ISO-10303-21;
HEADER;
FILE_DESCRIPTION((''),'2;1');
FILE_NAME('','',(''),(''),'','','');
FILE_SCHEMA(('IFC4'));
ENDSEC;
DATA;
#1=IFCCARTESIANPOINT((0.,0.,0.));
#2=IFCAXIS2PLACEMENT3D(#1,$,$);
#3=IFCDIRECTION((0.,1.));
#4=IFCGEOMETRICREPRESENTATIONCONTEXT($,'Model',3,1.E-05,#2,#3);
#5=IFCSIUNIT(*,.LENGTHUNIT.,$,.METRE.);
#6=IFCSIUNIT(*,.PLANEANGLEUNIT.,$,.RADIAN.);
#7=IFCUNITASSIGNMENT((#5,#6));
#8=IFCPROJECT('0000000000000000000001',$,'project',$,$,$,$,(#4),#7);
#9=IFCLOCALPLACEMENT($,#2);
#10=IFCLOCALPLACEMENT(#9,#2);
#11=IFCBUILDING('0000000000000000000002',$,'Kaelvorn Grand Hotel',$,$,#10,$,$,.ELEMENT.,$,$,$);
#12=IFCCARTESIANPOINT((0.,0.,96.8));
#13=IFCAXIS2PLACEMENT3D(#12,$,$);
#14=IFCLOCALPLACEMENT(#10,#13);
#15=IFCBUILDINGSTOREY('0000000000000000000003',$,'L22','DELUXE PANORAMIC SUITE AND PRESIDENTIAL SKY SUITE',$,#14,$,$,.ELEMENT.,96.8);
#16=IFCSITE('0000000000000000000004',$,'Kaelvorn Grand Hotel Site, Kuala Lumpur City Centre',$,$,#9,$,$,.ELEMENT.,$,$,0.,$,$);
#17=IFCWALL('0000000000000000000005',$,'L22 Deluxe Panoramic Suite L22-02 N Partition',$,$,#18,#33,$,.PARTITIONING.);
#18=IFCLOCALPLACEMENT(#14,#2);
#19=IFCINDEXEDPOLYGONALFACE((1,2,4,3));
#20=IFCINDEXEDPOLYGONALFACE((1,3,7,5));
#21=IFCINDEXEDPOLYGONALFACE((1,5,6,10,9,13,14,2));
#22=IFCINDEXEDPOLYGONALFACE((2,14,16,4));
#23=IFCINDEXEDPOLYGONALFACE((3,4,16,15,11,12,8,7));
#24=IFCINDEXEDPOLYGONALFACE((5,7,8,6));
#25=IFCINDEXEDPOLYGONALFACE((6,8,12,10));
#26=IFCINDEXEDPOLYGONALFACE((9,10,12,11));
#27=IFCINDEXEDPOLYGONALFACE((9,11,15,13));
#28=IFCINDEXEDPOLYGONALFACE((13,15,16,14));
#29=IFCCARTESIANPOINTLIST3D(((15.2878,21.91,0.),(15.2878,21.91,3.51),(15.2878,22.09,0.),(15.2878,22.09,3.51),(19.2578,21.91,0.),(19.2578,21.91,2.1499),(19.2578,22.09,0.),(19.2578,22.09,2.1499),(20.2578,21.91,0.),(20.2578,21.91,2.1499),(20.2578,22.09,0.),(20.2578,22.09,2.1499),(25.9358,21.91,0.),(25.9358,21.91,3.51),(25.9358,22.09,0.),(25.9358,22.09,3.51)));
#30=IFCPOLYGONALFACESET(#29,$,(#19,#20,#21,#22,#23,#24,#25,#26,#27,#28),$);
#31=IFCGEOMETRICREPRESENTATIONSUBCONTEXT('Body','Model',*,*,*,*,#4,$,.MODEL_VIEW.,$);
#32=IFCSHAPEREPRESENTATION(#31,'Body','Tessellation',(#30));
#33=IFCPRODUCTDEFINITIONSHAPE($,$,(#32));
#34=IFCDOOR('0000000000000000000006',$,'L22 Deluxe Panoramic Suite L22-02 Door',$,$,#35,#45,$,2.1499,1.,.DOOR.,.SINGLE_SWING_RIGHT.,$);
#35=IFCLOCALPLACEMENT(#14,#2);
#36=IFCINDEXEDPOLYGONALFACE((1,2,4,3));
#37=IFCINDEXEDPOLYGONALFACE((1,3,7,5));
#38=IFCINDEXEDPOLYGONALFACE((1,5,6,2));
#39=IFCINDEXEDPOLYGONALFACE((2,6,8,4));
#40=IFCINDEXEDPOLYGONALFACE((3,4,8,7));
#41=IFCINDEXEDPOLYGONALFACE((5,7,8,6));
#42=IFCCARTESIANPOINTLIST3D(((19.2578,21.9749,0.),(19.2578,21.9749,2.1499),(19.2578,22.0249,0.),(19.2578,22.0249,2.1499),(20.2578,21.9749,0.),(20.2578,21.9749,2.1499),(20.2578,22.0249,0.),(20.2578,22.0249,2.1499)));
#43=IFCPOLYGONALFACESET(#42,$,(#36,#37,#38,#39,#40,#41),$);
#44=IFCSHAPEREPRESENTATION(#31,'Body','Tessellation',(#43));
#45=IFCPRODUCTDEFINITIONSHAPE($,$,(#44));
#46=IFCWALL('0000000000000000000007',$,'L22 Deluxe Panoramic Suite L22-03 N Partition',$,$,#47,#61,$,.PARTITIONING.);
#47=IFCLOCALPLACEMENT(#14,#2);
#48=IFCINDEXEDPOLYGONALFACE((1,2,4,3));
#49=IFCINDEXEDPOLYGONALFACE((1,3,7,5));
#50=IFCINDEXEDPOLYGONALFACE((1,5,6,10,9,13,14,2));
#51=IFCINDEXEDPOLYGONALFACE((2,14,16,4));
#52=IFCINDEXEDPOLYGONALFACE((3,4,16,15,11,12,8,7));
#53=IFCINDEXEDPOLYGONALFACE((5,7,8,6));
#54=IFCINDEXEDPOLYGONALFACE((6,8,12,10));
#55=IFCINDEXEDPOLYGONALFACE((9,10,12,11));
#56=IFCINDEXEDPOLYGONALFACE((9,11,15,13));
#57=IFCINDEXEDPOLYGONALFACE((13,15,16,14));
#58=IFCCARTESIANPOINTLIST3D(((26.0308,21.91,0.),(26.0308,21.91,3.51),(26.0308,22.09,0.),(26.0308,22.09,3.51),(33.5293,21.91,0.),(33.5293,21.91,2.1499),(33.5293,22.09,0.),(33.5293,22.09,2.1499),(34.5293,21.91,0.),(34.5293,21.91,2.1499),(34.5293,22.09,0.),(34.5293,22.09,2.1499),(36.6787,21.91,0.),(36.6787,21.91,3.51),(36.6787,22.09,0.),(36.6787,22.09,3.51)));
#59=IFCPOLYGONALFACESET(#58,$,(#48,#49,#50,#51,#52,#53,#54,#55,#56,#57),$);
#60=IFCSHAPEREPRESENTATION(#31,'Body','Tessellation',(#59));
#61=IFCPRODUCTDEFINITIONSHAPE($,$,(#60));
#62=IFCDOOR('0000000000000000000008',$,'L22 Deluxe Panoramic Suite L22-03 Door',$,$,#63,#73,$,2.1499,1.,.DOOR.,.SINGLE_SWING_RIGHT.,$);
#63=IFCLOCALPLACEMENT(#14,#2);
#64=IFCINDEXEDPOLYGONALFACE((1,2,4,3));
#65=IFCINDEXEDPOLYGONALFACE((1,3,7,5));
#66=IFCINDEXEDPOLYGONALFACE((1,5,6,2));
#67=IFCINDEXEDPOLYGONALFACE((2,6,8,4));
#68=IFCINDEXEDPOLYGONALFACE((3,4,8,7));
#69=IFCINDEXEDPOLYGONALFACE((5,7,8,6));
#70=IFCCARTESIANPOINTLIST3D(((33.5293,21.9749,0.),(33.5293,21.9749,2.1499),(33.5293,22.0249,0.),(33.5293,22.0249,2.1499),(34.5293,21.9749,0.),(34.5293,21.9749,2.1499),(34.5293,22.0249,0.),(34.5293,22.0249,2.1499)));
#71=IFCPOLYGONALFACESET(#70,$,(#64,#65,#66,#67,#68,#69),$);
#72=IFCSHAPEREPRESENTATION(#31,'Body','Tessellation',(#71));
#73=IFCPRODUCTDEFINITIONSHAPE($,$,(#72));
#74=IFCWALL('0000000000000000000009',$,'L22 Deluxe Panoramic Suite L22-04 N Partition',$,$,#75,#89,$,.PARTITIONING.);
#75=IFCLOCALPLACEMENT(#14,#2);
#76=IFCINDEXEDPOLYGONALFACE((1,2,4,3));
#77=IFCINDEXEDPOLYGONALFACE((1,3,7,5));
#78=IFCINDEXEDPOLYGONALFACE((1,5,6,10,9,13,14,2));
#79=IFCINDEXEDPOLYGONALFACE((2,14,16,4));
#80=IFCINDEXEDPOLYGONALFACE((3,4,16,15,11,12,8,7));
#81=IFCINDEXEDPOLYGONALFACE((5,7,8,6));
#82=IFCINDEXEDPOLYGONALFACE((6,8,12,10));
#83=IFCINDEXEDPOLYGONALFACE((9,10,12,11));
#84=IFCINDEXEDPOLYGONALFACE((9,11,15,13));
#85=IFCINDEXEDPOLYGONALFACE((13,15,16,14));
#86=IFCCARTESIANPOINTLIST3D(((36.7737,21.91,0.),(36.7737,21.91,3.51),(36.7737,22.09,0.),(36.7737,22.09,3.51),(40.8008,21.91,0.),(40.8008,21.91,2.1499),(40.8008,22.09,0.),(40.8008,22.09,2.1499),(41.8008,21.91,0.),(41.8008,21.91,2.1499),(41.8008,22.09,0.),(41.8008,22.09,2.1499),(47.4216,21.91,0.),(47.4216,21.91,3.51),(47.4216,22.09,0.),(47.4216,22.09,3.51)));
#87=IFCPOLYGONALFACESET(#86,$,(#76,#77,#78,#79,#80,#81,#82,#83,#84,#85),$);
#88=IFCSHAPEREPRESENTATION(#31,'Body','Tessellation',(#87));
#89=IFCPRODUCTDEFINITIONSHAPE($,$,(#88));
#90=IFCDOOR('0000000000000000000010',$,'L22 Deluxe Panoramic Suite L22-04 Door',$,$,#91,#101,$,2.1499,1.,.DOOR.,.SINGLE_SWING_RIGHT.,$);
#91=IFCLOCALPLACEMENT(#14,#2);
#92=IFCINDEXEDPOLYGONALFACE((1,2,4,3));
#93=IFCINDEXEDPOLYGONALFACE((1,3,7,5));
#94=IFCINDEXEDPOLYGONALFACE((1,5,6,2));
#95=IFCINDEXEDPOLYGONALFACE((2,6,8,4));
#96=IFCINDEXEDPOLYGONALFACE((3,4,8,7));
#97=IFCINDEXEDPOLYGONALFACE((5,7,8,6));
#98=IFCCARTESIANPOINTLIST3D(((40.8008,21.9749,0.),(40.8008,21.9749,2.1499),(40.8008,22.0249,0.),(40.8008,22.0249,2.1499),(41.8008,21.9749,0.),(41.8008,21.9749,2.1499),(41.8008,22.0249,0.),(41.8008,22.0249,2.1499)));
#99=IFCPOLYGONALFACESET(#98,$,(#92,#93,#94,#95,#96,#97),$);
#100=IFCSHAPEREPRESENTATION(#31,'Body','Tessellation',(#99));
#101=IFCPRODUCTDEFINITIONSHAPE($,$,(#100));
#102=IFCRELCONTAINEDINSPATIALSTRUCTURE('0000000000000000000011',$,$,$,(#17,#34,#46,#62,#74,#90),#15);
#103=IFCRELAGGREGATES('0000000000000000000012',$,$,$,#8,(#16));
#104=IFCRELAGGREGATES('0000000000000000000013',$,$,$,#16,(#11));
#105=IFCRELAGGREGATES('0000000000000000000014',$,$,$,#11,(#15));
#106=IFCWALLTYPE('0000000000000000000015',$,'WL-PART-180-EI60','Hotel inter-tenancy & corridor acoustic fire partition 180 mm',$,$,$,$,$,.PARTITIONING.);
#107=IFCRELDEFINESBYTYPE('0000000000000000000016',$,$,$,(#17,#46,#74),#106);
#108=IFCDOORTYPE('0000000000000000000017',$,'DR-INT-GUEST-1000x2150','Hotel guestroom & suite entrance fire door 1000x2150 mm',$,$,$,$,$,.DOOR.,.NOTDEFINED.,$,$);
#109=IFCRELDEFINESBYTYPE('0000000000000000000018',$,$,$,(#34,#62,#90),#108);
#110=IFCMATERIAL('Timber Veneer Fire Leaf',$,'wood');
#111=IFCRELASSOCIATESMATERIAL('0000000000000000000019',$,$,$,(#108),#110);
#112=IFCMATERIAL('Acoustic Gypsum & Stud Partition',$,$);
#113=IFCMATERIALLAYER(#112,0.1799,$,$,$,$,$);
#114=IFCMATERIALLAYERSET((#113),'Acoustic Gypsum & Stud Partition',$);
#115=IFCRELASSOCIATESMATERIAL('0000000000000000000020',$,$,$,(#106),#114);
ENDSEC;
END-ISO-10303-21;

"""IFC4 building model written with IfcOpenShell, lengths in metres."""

from ifc_helpers import new_model, si_unit, direction, frame, frame_2d, origin, place, context, subcontext, project, spatial, rectangle, extrude, material, layer, layer_set, type_object, element, fill, save


model = new_model("IFC4")

# Units and contexts
model_context = context("Model", 3, precision=1e-05, world=origin(), true_north=direction((0.0, 1.0)))
body_context = subcontext(model_context, "Body", "Model", "MODEL_VIEW")
ifc_project = project(units=[si_unit("LENGTHUNIT", "METRE"), si_unit("PLANEANGLEUNIT", "RADIAN")], contexts=[model_context])

# Site, building, storey
site_placement = place(None, origin())
site = spatial("IfcSite", under=ifc_project, at=site_placement, Name="Kaelvorn Grand Hotel Site, Kuala Lumpur City Centre", CompositionType="ELEMENT", RefElevation=0.0)
building_placement = place(site_placement, origin())
building = spatial("IfcBuilding", under=site, at=building_placement, Name="Kaelvorn Grand Hotel", CompositionType="ELEMENT")
storey_placement = place(building_placement, frame((0.0, 0.0, 96.8)))
storey = spatial("IfcBuildingStorey", under=building, at=storey_placement, Name="L22", Description="DELUXE PANORAMIC SUITE AND PRESIDENTIAL SKY SUITE", CompositionType="ELEMENT", Elevation=96.8)

# Shared definitions
ifc_material_1 = material(Name="Acoustic Gypsum & Stud Partition")
ifc_material_2 = material(Name="Timber Veneer Fire Leaf", Category="wood")
door_type_1 = type_object("IfcDoorType", Name="DR-INT-GUEST-1000x2150", Description="Hotel guestroom & suite entrance fire door 1000x2150 mm", OperationType="NOTDEFINED", PredefinedType="DOOR", material=ifc_material_2)

# Walls, openings, doors
ifc_layer_1 = layer(ifc_material_1, 0.1799)
ifc_layer_set_1 = layer_set([ifc_layer_1], Name="Acoustic Gypsum & Stud Partition")
wall_type_1 = type_object("IfcWallType", Name="WL-PART-180-EI60", Description="Hotel inter-tenancy & corridor acoustic fire partition 180 mm", PredefinedType="PARTITIONING", material=ifc_layer_set_1)
wall_1_placement = place(storey_placement, frame((15.2878, 22.0, 0.0), z_axis=(0.0, 0.0, 1.0), x_axis=(1.0, 0.0, 0.0)))
wall_1 = element("IfcWall", 1, at=wall_1_placement, inside=storey, type_object=wall_type_1, Name="L22 Deluxe Panoramic Suite L22-02 N Partition", PredefinedType="PARTITIONING", context=body_context, shape_type="SweptSolid", body=[
    extrude(rectangle(XDim=10.6479, YDim=0.1799, at=frame_2d((5.324, 0.0))), origin(), (0.0, 0.0, 1.0), 3.51),
])
opening_1_placement = place(wall_1_placement, frame((3.97, 0.0, 0.0)))
opening_1 = element("IfcOpeningElement", 2, at=opening_1_placement, cuts=wall_1, PredefinedType="OPENING", context=body_context, shape_type="SweptSolid", body=[
    extrude(rectangle(XDim=1.0, YDim=2.1499, at=frame_2d((0.5, 1.075))), frame((0.0, 0.1001, 0.0), z_axis=(0.0, -1.0, 0.0), x_axis=(1.0, 0.0, 0.0)), (0.0, 0.0, 1.0), 0.2),
])
door_1_placement = place(opening_1_placement, origin())
door_1 = element("IfcDoor", 3, at=door_1_placement, inside=storey, type_object=door_type_1, Name="L22 Deluxe Panoramic Suite L22-02 Door", OperationType="SINGLE_SWING_RIGHT", OverallHeight=2.1499, OverallWidth=1.0, PredefinedType="DOOR", context=body_context, shape_type="SweptSolid", body=[
    extrude(rectangle(XDim=1.0, YDim=2.1499, at=frame_2d((0.5, 1.075))), frame((0.0, 0.0249, 0.0), z_axis=(0.0, -1.0, 0.0), x_axis=(1.0, 0.0, 0.0)), (0.0, 0.0, 1.0), 0.05),
])
fill(opening_1, door_1)
wall_2_placement = place(storey_placement, frame((26.0308, 22.0, 0.0), z_axis=(0.0, 0.0, 1.0), x_axis=(1.0, 0.0, 0.0)))
wall_2 = element("IfcWall", 4, at=wall_2_placement, inside=storey, type_object=wall_type_1, Name="L22 Deluxe Panoramic Suite L22-03 N Partition", PredefinedType="PARTITIONING", context=body_context, shape_type="SweptSolid", body=[
    extrude(rectangle(XDim=10.6479, YDim=0.1799, at=frame_2d((5.324, 0.0))), origin(), (0.0, 0.0, 1.0), 3.51),
])
opening_2_placement = place(wall_2_placement, frame((7.4985, 0.0, 0.0)))
opening_2 = element("IfcOpeningElement", 5, at=opening_2_placement, cuts=wall_2, PredefinedType="OPENING", context=body_context, shape_type="SweptSolid", body=[
    extrude(rectangle(XDim=1.0, YDim=2.1499, at=frame_2d((0.5, 1.075))), frame((0.0, 0.1001, 0.0), z_axis=(0.0, -1.0, 0.0), x_axis=(1.0, 0.0, 0.0)), (0.0, 0.0, 1.0), 0.2),
])
door_2_placement = place(opening_2_placement, origin())
door_2 = element("IfcDoor", 6, at=door_2_placement, inside=storey, type_object=door_type_1, Name="L22 Deluxe Panoramic Suite L22-03 Door", OperationType="SINGLE_SWING_RIGHT", OverallHeight=2.1499, OverallWidth=1.0, PredefinedType="DOOR", context=body_context, shape_type="SweptSolid", body=[
    extrude(rectangle(XDim=1.0, YDim=2.1499, at=frame_2d((0.5, 1.075))), frame((0.0, 0.0249, 0.0), z_axis=(0.0, -1.0, 0.0), x_axis=(1.0, 0.0, 0.0)), (0.0, 0.0, 1.0), 0.05),
])
fill(opening_2, door_2)
wall_3_placement = place(storey_placement, frame((36.7737, 22.0, 0.0), z_axis=(0.0, 0.0, 1.0), x_axis=(1.0, 0.0, 0.0)))
wall_3 = element("IfcWall", 7, at=wall_3_placement, inside=storey, type_object=wall_type_1, Name="L22 Deluxe Panoramic Suite L22-04 N Partition", PredefinedType="PARTITIONING", context=body_context, shape_type="SweptSolid", body=[
    extrude(rectangle(XDim=10.6479, YDim=0.1799, at=frame_2d((5.324, 0.0))), origin(), (0.0, 0.0, 1.0), 3.51),
])
opening_3_placement = place(wall_3_placement, frame((4.0271, 0.0, 0.0)))
opening_3 = element("IfcOpeningElement", 8, at=opening_3_placement, cuts=wall_3, PredefinedType="OPENING", context=body_context, shape_type="SweptSolid", body=[
    extrude(rectangle(XDim=1.0, YDim=2.1499, at=frame_2d((0.5, 1.075))), frame((0.0, 0.1001, 0.0), z_axis=(0.0, -1.0, 0.0), x_axis=(1.0, 0.0, 0.0)), (0.0, 0.0, 1.0), 0.2),
])
door_3_placement = place(opening_3_placement, origin())
door_3 = element("IfcDoor", 9, at=door_3_placement, inside=storey, type_object=door_type_1, Name="L22 Deluxe Panoramic Suite L22-04 Door", OperationType="SINGLE_SWING_RIGHT", OverallHeight=2.1499, OverallWidth=1.0, PredefinedType="DOOR", context=body_context, shape_type="SweptSolid", body=[
    extrude(rectangle(XDim=1.0, YDim=2.1499, at=frame_2d((0.5, 1.075))), frame((0.0, 0.0249, 0.0), z_axis=(0.0, -1.0, 0.0), x_axis=(1.0, 0.0, 0.0)), (0.0, 0.0, 1.0), 0.05),
])
fill(opening_3, door_3)

save(model, "model.ifc")
